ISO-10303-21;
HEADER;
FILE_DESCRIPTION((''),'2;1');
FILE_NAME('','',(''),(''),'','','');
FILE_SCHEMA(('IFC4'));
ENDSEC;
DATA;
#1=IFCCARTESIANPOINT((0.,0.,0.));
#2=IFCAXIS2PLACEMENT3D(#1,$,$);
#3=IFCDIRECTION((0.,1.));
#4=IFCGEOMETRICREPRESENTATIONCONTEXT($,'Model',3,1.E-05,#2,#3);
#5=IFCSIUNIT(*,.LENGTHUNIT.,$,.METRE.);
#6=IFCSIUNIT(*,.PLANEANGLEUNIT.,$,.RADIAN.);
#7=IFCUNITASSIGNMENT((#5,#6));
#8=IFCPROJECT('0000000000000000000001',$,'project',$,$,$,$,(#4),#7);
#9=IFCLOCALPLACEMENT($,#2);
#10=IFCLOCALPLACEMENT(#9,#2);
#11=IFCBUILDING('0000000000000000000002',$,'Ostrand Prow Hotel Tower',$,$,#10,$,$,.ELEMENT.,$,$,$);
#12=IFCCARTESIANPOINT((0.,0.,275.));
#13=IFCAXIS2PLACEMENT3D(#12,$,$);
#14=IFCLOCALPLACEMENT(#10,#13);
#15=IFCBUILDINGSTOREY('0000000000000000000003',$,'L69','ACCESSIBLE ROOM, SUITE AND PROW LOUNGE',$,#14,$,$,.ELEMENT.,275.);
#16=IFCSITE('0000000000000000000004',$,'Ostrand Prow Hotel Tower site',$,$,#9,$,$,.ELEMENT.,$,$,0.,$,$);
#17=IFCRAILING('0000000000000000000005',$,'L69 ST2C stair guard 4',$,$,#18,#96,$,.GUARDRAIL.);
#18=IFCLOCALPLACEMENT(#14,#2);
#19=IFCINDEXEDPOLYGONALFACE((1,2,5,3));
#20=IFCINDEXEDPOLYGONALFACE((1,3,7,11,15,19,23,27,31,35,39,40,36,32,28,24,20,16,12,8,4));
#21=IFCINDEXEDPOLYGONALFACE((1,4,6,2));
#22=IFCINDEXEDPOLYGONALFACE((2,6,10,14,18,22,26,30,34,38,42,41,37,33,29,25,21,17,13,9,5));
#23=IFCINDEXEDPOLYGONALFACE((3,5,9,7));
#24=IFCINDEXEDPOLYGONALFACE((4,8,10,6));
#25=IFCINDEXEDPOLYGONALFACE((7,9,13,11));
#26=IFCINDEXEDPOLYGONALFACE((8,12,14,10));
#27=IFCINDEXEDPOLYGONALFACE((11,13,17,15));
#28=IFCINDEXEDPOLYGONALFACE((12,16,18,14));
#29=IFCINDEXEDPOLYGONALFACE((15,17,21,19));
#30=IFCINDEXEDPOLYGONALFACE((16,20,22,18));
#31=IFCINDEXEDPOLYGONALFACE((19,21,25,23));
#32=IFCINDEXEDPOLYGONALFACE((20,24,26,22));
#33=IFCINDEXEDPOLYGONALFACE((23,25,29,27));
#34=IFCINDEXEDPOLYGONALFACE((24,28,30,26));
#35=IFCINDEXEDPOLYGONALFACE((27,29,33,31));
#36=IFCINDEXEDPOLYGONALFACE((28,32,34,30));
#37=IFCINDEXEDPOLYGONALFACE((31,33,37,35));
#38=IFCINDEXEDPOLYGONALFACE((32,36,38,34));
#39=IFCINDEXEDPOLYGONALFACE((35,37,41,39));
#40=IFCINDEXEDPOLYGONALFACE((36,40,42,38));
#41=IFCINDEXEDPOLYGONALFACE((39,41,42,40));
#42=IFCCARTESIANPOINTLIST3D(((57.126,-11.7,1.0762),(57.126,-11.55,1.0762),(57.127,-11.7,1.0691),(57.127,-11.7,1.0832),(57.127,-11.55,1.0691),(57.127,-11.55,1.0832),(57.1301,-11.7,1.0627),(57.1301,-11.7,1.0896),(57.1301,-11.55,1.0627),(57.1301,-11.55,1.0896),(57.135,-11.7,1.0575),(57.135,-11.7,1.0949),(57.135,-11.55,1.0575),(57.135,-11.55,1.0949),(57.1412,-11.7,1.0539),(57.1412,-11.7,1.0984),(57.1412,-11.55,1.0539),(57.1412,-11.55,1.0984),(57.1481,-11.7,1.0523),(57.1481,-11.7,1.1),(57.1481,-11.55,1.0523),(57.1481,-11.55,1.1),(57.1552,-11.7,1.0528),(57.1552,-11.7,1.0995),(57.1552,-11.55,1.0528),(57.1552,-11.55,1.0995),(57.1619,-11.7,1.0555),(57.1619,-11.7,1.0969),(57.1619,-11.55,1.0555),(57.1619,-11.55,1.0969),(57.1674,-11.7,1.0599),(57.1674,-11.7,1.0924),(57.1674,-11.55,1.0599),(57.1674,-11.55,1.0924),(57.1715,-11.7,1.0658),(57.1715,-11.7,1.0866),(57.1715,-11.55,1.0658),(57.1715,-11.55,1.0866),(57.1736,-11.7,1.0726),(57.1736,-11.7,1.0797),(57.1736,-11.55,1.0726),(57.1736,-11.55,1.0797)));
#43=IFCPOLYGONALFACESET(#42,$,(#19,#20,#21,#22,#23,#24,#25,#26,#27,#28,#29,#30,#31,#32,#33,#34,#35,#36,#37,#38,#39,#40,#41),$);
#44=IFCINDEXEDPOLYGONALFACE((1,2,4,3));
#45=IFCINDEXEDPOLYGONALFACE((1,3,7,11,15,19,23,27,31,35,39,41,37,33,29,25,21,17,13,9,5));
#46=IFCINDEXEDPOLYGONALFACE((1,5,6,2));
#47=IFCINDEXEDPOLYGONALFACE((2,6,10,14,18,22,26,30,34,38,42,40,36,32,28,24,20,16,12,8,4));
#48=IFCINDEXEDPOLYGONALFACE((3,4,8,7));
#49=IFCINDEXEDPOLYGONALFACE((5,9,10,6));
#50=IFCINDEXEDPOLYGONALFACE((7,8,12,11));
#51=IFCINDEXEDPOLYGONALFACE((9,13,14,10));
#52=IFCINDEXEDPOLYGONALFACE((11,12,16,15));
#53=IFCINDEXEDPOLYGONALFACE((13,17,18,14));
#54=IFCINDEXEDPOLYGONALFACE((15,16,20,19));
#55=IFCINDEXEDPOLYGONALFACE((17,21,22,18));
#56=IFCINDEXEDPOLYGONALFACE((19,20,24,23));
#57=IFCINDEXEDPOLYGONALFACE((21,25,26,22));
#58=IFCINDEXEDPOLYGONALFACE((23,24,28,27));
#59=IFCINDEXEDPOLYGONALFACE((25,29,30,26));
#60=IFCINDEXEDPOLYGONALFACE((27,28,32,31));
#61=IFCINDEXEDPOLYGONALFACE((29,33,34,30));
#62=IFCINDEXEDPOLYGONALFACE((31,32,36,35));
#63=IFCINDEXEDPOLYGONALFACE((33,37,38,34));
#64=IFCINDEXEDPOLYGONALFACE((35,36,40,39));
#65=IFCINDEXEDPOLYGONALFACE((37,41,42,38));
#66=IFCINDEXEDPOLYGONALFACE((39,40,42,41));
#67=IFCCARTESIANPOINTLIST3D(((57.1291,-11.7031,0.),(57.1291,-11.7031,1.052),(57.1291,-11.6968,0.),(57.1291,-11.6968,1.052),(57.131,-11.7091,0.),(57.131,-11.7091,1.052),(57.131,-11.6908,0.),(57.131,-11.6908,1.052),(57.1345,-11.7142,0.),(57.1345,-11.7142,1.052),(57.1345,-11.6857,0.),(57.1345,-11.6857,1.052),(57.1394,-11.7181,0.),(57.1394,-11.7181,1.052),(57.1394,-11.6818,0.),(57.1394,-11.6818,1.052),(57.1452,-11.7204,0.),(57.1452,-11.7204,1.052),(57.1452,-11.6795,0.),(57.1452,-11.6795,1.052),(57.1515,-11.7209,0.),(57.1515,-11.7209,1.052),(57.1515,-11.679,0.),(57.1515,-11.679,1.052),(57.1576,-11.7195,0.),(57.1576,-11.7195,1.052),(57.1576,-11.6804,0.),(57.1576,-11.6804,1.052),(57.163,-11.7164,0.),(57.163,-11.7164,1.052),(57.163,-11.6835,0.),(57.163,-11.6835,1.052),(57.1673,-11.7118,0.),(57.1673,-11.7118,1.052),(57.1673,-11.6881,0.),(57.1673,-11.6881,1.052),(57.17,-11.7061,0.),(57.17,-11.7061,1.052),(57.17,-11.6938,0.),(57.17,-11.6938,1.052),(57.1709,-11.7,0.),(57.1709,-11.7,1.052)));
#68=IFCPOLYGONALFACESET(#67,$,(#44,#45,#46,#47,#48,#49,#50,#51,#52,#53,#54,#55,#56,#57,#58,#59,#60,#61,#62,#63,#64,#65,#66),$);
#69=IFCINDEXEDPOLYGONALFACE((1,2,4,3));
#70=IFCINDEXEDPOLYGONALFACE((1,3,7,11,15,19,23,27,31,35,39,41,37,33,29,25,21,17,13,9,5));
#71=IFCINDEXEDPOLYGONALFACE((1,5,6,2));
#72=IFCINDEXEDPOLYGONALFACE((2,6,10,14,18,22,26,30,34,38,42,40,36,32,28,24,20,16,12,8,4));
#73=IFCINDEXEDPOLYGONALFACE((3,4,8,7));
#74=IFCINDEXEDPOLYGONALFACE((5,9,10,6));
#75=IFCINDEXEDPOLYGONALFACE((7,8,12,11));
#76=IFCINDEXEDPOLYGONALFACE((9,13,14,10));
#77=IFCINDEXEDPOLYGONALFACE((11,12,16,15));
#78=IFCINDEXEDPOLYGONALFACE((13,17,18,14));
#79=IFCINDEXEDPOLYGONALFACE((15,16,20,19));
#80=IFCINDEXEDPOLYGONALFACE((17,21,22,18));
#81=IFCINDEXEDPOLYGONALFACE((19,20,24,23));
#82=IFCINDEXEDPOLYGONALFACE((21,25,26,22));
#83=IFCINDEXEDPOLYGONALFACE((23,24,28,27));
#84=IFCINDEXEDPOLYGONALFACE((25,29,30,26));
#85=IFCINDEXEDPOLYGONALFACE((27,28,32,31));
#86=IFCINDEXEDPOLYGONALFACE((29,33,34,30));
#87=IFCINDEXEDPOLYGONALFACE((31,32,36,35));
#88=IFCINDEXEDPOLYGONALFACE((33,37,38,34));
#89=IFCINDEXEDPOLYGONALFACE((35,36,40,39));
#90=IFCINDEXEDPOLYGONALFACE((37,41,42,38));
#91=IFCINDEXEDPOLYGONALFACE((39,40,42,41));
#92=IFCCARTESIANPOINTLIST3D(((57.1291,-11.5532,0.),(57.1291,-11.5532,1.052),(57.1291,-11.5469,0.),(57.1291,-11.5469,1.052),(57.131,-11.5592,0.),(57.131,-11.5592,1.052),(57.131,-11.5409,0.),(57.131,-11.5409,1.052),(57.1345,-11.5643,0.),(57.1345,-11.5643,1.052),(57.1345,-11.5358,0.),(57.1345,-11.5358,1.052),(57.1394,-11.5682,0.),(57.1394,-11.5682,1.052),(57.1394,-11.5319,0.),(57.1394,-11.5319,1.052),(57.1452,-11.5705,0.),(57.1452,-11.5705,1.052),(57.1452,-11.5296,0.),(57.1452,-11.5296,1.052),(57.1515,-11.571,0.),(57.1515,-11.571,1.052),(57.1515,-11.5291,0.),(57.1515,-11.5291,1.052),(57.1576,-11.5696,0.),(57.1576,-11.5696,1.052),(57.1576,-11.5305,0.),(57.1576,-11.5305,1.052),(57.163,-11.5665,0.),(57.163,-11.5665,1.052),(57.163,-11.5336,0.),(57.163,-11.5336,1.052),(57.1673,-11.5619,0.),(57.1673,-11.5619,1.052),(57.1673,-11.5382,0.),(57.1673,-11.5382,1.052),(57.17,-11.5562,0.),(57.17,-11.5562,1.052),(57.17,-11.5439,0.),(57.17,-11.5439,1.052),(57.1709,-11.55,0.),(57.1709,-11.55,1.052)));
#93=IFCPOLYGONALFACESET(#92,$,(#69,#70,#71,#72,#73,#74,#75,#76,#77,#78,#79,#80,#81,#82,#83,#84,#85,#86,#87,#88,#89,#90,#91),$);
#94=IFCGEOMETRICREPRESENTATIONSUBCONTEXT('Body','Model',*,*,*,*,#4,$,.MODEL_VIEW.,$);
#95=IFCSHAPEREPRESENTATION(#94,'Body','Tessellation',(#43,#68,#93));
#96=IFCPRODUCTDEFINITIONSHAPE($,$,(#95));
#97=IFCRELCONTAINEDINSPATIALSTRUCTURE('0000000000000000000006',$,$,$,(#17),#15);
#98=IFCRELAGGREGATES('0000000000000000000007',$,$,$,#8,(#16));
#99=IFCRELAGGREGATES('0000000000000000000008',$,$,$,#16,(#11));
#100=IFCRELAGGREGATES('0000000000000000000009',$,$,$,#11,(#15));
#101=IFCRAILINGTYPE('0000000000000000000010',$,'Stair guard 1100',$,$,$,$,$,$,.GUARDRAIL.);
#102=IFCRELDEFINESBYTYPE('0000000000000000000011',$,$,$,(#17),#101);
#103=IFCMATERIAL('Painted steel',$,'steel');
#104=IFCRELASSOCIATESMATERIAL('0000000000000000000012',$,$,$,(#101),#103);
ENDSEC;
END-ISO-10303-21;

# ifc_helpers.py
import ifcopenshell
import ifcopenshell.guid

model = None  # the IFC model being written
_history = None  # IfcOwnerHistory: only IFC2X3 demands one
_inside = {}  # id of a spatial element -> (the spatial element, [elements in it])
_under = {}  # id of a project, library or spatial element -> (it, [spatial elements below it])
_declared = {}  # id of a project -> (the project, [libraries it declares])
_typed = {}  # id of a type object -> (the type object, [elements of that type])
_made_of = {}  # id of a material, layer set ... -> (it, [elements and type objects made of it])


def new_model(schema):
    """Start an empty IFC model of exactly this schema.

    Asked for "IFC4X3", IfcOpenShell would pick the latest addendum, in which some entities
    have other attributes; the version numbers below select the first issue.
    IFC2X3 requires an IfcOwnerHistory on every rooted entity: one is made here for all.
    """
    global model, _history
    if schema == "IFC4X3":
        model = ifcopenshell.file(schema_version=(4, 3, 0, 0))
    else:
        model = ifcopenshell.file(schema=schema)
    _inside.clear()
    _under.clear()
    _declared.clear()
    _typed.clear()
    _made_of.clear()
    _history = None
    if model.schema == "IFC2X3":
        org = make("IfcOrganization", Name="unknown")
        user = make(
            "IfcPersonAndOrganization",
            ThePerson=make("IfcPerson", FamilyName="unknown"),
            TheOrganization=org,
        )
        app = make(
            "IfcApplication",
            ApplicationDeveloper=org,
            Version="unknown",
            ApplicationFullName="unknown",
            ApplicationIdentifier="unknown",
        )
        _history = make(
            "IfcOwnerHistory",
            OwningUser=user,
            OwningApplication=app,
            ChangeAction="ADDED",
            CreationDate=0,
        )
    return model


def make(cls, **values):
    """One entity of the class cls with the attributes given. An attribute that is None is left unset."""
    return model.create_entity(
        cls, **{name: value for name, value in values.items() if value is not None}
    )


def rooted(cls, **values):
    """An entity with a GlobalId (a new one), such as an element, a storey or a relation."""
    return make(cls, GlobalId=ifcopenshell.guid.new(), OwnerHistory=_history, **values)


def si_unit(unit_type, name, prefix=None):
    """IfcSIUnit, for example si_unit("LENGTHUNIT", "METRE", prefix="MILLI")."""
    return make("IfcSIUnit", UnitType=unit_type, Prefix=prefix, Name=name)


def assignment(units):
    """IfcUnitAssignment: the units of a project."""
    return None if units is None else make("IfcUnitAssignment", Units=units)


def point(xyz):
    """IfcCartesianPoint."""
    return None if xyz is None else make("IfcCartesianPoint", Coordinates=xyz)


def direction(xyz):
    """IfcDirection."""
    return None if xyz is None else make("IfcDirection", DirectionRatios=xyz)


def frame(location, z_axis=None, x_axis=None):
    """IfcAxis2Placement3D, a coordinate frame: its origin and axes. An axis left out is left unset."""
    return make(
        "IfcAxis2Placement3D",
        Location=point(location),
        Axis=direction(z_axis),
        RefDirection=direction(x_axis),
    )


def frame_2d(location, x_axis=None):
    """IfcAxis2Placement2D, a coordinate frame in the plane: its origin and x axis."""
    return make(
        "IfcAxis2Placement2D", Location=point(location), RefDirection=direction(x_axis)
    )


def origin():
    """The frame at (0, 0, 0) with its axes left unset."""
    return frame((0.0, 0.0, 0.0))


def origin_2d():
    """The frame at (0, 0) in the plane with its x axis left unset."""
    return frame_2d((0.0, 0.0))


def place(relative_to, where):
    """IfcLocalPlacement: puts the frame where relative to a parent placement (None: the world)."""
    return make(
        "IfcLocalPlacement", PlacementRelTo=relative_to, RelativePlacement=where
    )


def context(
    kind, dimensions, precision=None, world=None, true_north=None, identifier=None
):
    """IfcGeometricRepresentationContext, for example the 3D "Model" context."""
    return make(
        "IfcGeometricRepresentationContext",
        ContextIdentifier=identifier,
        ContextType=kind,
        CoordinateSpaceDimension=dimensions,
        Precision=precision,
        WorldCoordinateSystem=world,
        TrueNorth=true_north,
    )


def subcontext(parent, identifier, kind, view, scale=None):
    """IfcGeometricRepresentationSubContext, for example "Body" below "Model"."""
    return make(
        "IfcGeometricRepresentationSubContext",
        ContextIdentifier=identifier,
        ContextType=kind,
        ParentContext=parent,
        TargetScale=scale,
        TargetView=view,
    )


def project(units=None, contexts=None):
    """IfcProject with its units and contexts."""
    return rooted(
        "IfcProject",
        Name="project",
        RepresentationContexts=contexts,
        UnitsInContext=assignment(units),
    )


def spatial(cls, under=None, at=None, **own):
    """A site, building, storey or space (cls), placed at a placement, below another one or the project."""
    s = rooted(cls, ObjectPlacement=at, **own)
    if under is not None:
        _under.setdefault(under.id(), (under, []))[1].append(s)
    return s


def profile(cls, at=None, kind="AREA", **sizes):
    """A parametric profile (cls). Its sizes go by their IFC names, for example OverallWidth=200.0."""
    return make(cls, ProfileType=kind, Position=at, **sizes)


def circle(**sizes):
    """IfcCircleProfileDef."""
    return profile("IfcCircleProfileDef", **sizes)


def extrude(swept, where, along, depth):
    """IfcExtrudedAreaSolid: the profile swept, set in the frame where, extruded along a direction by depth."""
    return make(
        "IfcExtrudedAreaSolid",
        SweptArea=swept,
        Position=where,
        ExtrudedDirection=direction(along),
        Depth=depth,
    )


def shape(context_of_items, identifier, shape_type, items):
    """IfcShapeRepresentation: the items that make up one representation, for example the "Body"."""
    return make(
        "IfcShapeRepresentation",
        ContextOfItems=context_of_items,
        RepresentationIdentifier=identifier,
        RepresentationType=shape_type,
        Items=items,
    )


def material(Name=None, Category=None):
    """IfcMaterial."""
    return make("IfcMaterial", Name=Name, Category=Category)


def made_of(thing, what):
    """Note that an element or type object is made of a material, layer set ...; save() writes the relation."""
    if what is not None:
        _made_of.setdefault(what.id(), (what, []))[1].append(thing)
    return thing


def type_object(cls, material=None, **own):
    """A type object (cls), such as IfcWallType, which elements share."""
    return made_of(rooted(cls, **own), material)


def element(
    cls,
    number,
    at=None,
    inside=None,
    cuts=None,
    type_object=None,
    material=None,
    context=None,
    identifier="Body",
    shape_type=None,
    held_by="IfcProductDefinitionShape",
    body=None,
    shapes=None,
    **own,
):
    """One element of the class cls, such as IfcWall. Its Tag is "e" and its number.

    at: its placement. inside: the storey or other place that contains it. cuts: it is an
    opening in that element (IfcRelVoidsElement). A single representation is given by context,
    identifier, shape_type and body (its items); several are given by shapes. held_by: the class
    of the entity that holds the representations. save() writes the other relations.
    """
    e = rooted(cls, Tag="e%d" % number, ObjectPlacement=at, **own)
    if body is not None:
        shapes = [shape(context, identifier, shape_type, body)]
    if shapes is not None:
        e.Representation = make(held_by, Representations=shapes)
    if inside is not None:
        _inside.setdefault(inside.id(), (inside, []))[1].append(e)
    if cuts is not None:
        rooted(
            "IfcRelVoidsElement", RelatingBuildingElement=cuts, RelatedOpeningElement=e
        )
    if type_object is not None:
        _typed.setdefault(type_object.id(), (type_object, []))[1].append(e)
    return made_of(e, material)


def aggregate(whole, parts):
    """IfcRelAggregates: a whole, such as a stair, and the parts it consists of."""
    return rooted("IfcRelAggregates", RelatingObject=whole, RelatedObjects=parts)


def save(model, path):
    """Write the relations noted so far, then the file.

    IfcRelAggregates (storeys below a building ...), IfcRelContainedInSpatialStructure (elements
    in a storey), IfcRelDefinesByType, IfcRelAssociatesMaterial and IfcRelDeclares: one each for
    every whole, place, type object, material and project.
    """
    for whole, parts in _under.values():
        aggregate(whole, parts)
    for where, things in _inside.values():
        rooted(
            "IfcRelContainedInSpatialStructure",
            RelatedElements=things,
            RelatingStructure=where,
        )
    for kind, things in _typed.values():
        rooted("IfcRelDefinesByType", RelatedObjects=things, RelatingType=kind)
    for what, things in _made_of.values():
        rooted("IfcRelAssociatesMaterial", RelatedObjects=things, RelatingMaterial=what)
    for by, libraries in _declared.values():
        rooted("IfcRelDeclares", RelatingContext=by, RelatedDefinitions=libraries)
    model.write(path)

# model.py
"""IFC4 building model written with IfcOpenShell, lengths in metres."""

from ifc_helpers import new_model, si_unit, direction, frame, origin, origin_2d, place, context, subcontext, project, spatial, circle, extrude, material, type_object, element, save


model = new_model("IFC4")

# Units and contexts
model_context = context("Model", 3, precision=1e-05, world=origin(), true_north=direction((0.0, 1.0)))
body_context = subcontext(model_context, "Body", "Model", "MODEL_VIEW")
ifc_project = project(units=[si_unit("LENGTHUNIT", "METRE"), si_unit("PLANEANGLEUNIT", "RADIAN")], contexts=[model_context])

# Site, building, storey
site_placement = place(None, origin())
site = spatial("IfcSite", under=ifc_project, at=site_placement, Name="Ostrand Prow Hotel Tower site", CompositionType="ELEMENT", RefElevation=0.0)
building_placement = place(site_placement, origin())
building = spatial("IfcBuilding", under=site, at=building_placement, Name="Ostrand Prow Hotel Tower", CompositionType="ELEMENT")
storey_placement = place(building_placement, frame((0.0, 0.0, 275.0)))
storey = spatial("IfcBuildingStorey", under=building, at=storey_placement, Name="L69", Description="ACCESSIBLE ROOM, SUITE AND PROW LOUNGE", CompositionType="ELEMENT", Elevation=275.0)

# Railing
ifc_material_1 = material(Name="Painted steel", Category="steel")
railing_type_1 = type_object("IfcRailingType", Name="Stair guard 1100", PredefinedType="GUARDRAIL", material=ifc_material_1)
railing_1_placement = place(storey_placement, frame((57.1499, -11.7, 0.0)))
element("IfcRailing", 1, at=railing_1_placement, inside=storey, type_object=railing_type_1, Name="L69 ST2C stair guard 4", PredefinedType="GUARDRAIL", context=body_context, shape_type="SweptSolid", body=[
    extrude(circle(Radius=0.0239, at=origin_2d()), frame((0.0, 0.0, 1.0762), z_axis=(0.0, 1.0, 0.0), x_axis=(-1.0, 0.0, 0.0)), (0.0, 0.0, 1.0), 0.1499),
    extrude(circle(Radius=0.021, at=origin_2d()), origin(), (0.0, 0.0, 1.0), 1.052),
    extrude(circle(Radius=0.021, at=origin_2d()), frame((0.0, 0.1499, 0.0)), (0.0, 0.0, 1.0), 1.052),
])

save(model, "model.ifc")
